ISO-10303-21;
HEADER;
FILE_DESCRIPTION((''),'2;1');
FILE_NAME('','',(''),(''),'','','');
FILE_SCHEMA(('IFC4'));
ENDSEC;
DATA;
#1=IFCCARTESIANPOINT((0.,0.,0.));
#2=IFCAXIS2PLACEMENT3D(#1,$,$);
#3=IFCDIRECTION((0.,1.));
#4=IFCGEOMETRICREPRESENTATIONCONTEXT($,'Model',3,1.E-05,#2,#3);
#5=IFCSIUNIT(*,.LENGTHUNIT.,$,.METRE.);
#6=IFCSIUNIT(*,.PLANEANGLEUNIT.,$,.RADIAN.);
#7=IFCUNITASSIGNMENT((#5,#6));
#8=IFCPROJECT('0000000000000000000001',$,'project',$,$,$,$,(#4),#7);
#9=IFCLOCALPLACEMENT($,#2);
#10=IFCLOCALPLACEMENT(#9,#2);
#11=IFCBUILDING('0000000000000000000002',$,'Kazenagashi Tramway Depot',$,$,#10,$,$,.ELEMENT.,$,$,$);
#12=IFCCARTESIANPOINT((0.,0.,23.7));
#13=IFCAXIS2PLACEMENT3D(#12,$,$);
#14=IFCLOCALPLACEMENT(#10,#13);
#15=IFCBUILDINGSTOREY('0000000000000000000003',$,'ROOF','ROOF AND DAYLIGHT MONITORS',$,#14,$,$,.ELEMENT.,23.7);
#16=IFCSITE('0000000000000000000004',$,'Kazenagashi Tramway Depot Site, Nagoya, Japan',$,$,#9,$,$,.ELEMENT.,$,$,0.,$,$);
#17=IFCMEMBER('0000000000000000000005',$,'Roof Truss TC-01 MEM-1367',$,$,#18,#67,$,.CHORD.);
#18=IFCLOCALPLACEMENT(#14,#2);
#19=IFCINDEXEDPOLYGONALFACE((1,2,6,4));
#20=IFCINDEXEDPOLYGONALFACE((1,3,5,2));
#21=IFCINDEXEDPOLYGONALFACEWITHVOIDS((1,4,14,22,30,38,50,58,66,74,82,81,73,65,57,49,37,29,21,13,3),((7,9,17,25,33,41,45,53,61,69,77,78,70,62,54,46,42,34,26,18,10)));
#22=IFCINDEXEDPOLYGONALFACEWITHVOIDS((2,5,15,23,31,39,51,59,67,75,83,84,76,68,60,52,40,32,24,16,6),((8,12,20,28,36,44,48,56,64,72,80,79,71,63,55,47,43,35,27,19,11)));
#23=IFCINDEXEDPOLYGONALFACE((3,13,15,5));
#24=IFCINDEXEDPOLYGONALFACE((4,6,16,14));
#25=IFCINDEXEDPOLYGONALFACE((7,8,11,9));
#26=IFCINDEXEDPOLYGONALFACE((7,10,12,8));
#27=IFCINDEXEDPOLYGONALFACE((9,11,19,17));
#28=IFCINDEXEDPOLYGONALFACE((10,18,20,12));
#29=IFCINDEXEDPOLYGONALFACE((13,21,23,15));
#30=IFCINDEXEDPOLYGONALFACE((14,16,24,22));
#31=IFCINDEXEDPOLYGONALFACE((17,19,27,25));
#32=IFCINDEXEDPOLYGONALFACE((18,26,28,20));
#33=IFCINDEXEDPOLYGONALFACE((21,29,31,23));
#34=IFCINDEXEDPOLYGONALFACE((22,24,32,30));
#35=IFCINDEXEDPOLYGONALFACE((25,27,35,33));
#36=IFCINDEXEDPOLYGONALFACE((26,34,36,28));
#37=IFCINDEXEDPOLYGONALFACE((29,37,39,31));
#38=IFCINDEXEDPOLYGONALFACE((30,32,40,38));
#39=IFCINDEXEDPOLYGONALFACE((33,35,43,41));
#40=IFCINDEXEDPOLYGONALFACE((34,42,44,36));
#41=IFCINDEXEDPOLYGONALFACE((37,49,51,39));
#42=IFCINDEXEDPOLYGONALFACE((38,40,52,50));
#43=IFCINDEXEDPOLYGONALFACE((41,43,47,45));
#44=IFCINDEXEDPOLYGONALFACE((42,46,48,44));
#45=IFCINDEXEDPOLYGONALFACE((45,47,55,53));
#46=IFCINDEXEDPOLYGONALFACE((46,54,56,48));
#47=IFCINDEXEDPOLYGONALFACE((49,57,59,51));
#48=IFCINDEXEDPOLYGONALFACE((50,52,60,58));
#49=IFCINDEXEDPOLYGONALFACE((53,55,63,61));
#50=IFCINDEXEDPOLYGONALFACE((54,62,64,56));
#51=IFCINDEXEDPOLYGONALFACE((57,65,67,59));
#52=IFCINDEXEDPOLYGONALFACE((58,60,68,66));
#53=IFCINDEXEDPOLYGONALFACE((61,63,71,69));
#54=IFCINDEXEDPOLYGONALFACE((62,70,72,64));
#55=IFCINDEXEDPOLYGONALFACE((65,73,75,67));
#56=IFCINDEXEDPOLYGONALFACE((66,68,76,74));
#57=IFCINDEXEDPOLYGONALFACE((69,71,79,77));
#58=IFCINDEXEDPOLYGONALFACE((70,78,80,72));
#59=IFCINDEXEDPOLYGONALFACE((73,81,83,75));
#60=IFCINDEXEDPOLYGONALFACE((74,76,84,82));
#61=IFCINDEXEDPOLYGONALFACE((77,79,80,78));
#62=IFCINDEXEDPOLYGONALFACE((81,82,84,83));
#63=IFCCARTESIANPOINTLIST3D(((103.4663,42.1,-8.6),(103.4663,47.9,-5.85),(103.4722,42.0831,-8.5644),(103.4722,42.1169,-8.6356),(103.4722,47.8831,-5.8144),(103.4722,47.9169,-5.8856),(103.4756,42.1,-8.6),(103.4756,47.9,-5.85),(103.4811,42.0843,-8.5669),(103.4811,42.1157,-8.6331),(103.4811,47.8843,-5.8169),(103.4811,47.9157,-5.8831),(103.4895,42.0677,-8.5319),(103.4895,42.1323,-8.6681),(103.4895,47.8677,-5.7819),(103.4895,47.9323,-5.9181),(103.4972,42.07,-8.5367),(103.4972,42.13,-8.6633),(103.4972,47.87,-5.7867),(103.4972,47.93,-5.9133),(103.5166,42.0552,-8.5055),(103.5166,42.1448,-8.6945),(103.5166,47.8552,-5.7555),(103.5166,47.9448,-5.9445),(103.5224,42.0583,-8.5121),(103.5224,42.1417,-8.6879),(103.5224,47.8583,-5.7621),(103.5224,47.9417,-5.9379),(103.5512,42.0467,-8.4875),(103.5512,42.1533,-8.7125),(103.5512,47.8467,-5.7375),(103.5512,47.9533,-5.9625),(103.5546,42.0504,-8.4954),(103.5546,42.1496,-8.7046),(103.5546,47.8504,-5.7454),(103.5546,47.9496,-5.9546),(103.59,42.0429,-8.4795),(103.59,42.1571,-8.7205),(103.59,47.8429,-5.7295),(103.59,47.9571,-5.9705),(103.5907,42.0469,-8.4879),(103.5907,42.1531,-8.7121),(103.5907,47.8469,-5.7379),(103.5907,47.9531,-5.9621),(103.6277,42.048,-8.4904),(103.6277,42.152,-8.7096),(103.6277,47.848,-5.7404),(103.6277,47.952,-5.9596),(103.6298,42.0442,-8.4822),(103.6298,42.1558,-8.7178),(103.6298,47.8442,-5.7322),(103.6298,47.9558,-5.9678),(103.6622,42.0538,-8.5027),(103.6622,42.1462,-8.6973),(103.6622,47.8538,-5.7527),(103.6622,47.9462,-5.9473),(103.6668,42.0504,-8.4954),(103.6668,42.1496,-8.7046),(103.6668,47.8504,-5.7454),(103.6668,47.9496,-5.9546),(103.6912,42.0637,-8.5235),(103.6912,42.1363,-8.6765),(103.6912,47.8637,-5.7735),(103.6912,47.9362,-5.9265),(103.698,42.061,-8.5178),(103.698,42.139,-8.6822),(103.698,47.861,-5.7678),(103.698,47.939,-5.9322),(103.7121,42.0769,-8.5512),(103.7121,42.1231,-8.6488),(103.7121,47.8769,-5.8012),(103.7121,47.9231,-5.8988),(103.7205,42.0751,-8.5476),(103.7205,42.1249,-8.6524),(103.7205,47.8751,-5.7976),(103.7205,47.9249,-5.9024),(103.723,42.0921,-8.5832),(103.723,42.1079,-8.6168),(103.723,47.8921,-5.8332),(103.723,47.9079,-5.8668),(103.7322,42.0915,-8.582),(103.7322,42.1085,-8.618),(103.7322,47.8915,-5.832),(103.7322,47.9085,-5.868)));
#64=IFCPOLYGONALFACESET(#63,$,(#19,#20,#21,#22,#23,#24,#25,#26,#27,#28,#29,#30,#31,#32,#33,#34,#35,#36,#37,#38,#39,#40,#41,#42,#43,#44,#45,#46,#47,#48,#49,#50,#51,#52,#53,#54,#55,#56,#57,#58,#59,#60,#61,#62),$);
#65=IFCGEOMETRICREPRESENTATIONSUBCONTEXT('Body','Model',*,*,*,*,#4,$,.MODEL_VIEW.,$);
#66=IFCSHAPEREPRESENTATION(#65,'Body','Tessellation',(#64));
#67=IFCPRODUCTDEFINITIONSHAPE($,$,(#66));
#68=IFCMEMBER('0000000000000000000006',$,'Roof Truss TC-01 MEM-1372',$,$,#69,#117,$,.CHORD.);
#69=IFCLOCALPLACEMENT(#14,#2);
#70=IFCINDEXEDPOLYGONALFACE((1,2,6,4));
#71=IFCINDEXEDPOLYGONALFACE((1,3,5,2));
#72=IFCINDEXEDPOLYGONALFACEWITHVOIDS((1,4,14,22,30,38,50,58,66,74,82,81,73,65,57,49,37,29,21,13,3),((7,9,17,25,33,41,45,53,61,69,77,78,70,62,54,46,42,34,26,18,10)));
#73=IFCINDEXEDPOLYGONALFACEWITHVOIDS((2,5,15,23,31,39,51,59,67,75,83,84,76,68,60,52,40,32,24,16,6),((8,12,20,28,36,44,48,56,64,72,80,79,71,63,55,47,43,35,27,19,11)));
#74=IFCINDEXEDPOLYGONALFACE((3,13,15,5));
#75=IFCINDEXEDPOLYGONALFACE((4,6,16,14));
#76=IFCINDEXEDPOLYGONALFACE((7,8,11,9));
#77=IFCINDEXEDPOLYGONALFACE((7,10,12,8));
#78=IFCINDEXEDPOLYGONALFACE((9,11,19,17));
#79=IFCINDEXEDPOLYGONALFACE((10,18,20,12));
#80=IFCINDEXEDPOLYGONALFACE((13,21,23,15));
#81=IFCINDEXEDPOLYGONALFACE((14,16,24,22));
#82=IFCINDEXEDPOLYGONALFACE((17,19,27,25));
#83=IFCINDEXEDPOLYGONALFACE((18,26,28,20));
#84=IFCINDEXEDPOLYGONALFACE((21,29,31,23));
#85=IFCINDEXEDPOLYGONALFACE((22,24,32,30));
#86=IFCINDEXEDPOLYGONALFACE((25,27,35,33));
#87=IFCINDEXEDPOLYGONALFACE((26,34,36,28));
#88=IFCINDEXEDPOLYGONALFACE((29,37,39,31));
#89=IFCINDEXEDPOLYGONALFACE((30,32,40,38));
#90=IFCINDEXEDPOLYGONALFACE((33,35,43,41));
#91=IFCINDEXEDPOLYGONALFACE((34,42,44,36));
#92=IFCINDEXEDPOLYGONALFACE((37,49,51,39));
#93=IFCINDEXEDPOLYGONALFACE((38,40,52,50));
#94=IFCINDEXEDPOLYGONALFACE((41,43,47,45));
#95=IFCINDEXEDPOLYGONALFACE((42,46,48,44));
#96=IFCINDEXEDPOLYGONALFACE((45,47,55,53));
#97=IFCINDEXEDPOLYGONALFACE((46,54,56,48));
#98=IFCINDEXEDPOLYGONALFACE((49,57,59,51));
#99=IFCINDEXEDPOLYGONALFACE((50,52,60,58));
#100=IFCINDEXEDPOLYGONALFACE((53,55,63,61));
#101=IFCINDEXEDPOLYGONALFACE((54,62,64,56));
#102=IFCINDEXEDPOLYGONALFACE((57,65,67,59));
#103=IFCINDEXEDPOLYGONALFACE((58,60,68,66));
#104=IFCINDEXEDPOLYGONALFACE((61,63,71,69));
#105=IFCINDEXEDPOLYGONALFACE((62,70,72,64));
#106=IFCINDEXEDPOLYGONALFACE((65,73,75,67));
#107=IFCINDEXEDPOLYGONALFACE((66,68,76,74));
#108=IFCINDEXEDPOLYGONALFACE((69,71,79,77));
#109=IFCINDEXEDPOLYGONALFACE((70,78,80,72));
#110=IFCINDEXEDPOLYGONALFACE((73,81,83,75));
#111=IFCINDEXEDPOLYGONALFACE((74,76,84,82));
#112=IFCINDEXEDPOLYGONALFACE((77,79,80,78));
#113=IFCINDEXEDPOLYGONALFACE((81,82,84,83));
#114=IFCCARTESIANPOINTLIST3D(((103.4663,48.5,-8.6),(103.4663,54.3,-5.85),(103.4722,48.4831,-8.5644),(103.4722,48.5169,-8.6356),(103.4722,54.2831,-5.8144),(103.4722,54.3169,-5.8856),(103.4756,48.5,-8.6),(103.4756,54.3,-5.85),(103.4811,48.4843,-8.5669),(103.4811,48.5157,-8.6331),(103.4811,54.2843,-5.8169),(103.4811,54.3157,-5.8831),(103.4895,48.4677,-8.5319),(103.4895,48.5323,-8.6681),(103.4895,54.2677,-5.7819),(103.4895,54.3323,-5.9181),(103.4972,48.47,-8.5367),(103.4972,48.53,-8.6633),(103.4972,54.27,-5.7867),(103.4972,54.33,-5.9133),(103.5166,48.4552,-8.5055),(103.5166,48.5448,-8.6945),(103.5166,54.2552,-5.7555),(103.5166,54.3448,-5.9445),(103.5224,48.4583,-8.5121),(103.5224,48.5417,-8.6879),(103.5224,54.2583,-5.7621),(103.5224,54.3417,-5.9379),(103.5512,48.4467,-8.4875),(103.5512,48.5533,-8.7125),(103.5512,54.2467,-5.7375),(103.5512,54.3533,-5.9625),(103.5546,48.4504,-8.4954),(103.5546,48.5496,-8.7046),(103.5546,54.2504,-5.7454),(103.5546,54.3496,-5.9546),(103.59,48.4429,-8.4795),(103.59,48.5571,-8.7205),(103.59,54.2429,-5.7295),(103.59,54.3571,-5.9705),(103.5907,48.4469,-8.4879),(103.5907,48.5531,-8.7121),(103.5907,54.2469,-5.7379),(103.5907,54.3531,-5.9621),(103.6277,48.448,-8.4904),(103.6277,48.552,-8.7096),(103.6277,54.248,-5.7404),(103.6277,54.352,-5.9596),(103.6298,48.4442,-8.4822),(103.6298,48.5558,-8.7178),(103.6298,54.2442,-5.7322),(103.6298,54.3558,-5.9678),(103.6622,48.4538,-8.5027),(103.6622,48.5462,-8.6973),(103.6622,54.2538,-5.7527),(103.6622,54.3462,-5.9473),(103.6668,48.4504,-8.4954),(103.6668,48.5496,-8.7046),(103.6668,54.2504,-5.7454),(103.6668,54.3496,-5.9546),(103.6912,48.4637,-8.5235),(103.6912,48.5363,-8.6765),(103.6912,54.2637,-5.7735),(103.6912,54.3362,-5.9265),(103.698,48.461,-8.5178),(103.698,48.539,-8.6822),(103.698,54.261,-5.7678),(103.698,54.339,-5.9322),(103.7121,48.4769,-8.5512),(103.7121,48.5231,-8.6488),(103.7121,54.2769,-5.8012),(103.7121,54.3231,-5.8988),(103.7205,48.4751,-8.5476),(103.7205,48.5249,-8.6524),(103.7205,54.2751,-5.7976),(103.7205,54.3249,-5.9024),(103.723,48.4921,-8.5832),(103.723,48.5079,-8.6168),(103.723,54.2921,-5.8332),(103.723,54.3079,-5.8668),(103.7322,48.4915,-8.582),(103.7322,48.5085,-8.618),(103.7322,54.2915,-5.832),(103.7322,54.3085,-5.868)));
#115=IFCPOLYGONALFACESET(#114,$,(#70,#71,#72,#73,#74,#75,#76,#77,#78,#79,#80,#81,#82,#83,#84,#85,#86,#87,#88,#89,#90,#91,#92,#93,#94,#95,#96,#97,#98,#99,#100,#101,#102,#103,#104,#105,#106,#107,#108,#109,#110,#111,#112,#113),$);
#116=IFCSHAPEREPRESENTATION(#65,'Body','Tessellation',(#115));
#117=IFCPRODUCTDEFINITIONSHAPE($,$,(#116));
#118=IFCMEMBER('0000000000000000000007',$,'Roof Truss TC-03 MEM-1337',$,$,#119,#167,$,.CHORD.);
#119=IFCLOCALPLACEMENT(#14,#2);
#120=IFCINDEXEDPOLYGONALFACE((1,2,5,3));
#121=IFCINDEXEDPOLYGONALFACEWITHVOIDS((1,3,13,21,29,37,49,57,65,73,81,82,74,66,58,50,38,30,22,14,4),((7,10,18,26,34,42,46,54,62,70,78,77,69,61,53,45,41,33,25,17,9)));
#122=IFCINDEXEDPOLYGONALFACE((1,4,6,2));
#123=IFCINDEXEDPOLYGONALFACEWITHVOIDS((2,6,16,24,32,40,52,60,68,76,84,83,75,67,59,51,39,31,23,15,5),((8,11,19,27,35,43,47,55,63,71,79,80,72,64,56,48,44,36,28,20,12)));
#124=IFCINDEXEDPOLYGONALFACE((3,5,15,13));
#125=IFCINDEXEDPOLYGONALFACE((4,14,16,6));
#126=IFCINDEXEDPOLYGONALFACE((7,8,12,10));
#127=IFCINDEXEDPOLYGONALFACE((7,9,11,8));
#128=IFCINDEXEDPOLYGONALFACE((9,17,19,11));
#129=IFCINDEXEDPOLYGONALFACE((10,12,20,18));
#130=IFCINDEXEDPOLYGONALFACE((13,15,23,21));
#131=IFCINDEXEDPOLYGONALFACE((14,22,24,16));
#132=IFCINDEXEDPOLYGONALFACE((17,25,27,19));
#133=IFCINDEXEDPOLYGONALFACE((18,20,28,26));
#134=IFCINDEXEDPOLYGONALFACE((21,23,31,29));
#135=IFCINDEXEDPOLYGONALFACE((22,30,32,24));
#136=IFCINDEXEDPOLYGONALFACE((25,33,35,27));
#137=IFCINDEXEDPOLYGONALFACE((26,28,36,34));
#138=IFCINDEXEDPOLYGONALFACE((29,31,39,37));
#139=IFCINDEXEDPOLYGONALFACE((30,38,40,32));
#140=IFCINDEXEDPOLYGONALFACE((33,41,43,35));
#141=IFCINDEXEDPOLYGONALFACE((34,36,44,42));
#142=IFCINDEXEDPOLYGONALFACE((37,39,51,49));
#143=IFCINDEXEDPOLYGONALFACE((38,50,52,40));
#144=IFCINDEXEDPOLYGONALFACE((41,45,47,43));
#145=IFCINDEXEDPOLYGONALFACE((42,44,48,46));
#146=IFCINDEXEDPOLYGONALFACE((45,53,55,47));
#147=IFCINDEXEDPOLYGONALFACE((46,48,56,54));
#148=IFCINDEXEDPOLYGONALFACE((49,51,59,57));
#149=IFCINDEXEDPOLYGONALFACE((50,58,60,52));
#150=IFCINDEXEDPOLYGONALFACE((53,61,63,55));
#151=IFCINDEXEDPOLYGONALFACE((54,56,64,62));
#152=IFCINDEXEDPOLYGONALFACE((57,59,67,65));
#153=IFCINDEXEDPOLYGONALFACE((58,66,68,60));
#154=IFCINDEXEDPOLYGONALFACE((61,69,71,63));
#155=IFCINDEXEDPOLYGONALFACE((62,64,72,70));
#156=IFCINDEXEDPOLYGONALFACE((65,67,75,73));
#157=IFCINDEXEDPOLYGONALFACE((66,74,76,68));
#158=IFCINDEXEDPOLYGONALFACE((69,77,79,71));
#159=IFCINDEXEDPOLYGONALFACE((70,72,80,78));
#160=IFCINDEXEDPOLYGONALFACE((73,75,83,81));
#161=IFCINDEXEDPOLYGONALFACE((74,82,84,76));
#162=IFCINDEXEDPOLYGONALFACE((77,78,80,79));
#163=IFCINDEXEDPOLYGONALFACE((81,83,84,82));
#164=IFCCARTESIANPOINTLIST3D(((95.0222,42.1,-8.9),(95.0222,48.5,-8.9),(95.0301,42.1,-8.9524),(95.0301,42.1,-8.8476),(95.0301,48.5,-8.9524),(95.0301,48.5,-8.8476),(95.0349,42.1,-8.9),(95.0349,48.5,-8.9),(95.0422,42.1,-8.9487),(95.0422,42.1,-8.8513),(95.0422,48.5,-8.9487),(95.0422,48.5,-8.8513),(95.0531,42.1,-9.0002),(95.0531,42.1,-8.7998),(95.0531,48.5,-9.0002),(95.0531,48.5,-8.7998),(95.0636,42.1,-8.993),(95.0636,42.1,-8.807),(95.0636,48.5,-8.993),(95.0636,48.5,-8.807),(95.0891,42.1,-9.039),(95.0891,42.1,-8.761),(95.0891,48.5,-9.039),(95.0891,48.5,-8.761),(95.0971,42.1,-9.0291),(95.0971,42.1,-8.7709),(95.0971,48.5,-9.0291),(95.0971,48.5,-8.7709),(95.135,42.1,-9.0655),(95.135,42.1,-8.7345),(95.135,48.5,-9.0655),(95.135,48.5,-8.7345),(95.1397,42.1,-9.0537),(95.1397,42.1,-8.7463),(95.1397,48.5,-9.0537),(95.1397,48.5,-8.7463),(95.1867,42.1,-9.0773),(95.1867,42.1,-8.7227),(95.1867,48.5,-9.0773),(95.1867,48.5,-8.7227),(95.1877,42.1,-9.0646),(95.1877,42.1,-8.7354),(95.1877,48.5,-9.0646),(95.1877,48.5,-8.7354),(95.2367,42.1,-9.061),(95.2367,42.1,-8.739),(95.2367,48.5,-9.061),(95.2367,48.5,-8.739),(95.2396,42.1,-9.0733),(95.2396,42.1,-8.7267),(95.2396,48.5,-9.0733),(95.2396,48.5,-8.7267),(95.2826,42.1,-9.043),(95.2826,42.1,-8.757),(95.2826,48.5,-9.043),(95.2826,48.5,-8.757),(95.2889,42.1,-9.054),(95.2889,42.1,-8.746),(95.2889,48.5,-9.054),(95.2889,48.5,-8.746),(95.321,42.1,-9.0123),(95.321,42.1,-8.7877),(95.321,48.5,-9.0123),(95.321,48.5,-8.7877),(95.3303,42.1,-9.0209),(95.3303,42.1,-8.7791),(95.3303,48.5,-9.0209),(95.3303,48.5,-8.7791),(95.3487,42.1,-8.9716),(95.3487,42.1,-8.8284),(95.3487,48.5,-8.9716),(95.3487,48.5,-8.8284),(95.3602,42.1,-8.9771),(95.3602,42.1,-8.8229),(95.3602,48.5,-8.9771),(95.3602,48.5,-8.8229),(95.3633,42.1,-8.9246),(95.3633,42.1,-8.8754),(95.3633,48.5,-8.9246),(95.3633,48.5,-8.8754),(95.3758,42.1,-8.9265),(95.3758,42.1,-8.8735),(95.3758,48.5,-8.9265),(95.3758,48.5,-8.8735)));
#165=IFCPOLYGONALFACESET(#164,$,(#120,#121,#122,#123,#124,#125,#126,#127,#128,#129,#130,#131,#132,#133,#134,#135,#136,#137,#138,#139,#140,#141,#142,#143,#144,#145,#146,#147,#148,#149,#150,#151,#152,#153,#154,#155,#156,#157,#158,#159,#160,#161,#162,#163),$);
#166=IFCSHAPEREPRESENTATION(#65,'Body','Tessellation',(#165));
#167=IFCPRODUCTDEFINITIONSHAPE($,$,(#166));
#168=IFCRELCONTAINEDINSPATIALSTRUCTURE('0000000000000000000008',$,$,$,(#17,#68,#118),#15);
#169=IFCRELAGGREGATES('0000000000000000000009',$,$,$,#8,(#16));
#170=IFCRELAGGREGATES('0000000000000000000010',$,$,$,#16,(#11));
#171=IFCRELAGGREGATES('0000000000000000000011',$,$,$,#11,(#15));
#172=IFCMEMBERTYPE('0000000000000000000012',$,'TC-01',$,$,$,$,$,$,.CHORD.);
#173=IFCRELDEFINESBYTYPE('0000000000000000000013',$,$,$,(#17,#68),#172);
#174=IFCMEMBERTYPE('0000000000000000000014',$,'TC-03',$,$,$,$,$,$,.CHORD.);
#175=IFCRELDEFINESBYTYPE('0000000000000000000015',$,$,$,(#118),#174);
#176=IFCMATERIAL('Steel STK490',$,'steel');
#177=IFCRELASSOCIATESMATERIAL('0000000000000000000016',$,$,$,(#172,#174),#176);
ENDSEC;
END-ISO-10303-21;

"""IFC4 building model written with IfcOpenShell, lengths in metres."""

from ifc_helpers import new_model, si_unit, direction, frame, origin, origin_2d, place, context, subcontext, project, spatial, hollow_circle, extrude, material, material_profile, profile_set, type_object, element, save


model = new_model("IFC4")

# Units and contexts
model_context = context("Model", 3, precision=1e-05, world=origin(), true_north=direction((0.0, 1.0)))
body_context = subcontext(model_context, "Body", "Model", "MODEL_VIEW")
ifc_project = project(units=[si_unit("LENGTHUNIT", "METRE"), si_unit("PLANEANGLEUNIT", "RADIAN")], contexts=[model_context])

# Site, building, storey
site_placement = place(None, origin())
site = spatial("IfcSite", under=ifc_project, at=site_placement, Name="Kazenagashi Tramway Depot Site, Nagoya, Japan", CompositionType="ELEMENT", RefElevation=0.0)
building_placement = place(site_placement, origin())
building = spatial("IfcBuilding", under=site, at=building_placement, Name="Kazenagashi Tramway Depot", CompositionType="ELEMENT")
storey_placement = place(building_placement, frame((0.0, 0.0, 23.7)))
storey = spatial("IfcBuildingStorey", under=building, at=storey_placement, Name="ROOF", Description="ROOF AND DAYLIGHT MONITORS", CompositionType="ELEMENT", Elevation=23.7)

# Members
ifc_material_1 = material(Name="Steel STK490", Category="steel")
ifc_material_profile_1 = material_profile(ifc_material_1, hollow_circle(Radius=0.1337, WallThickness=0.0093, at=origin_2d()), Name="CHS-267.4x9.3")
ifc_profile_set_1 = profile_set([ifc_material_profile_1], Name="Steel STK490")
member_type_1 = type_object("IfcMemberType", Name="TC-01", PredefinedType="CHORD", material=ifc_profile_set_1)
for number, where, z_axis, x_axis, name in (
    (1, (103.6, 42.1, -8.6), (0.0, 0.903579, 0.428421), (-1.0, 0.0, 0.0), "Roof Truss TC-01 MEM-1367"),
    (2, (103.6, 48.5, -8.6), (0.0, 0.903579, 0.428421), (-1.0, 0.0, 0.0), "Roof Truss TC-01 MEM-1372"),
):
    element("IfcMember", number, at=place(storey_placement, frame(where, z_axis=z_axis, x_axis=x_axis)), inside=storey, type_object=member_type_1, Name=name, PredefinedType="CHORD", context=body_context, shape_type="SweptSolid", body=[
        extrude(hollow_circle(Radius=0.1337, WallThickness=0.0093, at=origin_2d()), origin(), (0.0, 0.0, 1.0), 6.4189),
    ])
ifc_material_profile_2 = material_profile(ifc_material_1, hollow_circle(Radius=0.1778, WallThickness=0.0127, at=origin_2d()), Name="CHS-355.6x12.7")
ifc_profile_set_2 = profile_set([ifc_material_profile_2], Name="Steel STK490")
member_type_2 = type_object("IfcMemberType", Name="TC-03", PredefinedType="CHORD", material=ifc_profile_set_2)
for number, where, z_axis, x_axis, name in (
    (3, (95.2, 42.1, -8.9), (0.0, 1.0, 0.0), (-1.0, 0.0, 0.0), "Roof Truss TC-03 MEM-1337"),
):
    element("IfcMember", number, at=place(storey_placement, frame(where, z_axis=z_axis, x_axis=x_axis)), inside=storey, type_object=member_type_2, Name=name, PredefinedType="CHORD", context=body_context, shape_type="SweptSolid", body=[
        extrude(hollow_circle(Radius=0.1778, WallThickness=0.0127, at=origin_2d()), origin(), (0.0, 0.0, 1.0), 6.4),
    ])

save(model, "model.ifc")
